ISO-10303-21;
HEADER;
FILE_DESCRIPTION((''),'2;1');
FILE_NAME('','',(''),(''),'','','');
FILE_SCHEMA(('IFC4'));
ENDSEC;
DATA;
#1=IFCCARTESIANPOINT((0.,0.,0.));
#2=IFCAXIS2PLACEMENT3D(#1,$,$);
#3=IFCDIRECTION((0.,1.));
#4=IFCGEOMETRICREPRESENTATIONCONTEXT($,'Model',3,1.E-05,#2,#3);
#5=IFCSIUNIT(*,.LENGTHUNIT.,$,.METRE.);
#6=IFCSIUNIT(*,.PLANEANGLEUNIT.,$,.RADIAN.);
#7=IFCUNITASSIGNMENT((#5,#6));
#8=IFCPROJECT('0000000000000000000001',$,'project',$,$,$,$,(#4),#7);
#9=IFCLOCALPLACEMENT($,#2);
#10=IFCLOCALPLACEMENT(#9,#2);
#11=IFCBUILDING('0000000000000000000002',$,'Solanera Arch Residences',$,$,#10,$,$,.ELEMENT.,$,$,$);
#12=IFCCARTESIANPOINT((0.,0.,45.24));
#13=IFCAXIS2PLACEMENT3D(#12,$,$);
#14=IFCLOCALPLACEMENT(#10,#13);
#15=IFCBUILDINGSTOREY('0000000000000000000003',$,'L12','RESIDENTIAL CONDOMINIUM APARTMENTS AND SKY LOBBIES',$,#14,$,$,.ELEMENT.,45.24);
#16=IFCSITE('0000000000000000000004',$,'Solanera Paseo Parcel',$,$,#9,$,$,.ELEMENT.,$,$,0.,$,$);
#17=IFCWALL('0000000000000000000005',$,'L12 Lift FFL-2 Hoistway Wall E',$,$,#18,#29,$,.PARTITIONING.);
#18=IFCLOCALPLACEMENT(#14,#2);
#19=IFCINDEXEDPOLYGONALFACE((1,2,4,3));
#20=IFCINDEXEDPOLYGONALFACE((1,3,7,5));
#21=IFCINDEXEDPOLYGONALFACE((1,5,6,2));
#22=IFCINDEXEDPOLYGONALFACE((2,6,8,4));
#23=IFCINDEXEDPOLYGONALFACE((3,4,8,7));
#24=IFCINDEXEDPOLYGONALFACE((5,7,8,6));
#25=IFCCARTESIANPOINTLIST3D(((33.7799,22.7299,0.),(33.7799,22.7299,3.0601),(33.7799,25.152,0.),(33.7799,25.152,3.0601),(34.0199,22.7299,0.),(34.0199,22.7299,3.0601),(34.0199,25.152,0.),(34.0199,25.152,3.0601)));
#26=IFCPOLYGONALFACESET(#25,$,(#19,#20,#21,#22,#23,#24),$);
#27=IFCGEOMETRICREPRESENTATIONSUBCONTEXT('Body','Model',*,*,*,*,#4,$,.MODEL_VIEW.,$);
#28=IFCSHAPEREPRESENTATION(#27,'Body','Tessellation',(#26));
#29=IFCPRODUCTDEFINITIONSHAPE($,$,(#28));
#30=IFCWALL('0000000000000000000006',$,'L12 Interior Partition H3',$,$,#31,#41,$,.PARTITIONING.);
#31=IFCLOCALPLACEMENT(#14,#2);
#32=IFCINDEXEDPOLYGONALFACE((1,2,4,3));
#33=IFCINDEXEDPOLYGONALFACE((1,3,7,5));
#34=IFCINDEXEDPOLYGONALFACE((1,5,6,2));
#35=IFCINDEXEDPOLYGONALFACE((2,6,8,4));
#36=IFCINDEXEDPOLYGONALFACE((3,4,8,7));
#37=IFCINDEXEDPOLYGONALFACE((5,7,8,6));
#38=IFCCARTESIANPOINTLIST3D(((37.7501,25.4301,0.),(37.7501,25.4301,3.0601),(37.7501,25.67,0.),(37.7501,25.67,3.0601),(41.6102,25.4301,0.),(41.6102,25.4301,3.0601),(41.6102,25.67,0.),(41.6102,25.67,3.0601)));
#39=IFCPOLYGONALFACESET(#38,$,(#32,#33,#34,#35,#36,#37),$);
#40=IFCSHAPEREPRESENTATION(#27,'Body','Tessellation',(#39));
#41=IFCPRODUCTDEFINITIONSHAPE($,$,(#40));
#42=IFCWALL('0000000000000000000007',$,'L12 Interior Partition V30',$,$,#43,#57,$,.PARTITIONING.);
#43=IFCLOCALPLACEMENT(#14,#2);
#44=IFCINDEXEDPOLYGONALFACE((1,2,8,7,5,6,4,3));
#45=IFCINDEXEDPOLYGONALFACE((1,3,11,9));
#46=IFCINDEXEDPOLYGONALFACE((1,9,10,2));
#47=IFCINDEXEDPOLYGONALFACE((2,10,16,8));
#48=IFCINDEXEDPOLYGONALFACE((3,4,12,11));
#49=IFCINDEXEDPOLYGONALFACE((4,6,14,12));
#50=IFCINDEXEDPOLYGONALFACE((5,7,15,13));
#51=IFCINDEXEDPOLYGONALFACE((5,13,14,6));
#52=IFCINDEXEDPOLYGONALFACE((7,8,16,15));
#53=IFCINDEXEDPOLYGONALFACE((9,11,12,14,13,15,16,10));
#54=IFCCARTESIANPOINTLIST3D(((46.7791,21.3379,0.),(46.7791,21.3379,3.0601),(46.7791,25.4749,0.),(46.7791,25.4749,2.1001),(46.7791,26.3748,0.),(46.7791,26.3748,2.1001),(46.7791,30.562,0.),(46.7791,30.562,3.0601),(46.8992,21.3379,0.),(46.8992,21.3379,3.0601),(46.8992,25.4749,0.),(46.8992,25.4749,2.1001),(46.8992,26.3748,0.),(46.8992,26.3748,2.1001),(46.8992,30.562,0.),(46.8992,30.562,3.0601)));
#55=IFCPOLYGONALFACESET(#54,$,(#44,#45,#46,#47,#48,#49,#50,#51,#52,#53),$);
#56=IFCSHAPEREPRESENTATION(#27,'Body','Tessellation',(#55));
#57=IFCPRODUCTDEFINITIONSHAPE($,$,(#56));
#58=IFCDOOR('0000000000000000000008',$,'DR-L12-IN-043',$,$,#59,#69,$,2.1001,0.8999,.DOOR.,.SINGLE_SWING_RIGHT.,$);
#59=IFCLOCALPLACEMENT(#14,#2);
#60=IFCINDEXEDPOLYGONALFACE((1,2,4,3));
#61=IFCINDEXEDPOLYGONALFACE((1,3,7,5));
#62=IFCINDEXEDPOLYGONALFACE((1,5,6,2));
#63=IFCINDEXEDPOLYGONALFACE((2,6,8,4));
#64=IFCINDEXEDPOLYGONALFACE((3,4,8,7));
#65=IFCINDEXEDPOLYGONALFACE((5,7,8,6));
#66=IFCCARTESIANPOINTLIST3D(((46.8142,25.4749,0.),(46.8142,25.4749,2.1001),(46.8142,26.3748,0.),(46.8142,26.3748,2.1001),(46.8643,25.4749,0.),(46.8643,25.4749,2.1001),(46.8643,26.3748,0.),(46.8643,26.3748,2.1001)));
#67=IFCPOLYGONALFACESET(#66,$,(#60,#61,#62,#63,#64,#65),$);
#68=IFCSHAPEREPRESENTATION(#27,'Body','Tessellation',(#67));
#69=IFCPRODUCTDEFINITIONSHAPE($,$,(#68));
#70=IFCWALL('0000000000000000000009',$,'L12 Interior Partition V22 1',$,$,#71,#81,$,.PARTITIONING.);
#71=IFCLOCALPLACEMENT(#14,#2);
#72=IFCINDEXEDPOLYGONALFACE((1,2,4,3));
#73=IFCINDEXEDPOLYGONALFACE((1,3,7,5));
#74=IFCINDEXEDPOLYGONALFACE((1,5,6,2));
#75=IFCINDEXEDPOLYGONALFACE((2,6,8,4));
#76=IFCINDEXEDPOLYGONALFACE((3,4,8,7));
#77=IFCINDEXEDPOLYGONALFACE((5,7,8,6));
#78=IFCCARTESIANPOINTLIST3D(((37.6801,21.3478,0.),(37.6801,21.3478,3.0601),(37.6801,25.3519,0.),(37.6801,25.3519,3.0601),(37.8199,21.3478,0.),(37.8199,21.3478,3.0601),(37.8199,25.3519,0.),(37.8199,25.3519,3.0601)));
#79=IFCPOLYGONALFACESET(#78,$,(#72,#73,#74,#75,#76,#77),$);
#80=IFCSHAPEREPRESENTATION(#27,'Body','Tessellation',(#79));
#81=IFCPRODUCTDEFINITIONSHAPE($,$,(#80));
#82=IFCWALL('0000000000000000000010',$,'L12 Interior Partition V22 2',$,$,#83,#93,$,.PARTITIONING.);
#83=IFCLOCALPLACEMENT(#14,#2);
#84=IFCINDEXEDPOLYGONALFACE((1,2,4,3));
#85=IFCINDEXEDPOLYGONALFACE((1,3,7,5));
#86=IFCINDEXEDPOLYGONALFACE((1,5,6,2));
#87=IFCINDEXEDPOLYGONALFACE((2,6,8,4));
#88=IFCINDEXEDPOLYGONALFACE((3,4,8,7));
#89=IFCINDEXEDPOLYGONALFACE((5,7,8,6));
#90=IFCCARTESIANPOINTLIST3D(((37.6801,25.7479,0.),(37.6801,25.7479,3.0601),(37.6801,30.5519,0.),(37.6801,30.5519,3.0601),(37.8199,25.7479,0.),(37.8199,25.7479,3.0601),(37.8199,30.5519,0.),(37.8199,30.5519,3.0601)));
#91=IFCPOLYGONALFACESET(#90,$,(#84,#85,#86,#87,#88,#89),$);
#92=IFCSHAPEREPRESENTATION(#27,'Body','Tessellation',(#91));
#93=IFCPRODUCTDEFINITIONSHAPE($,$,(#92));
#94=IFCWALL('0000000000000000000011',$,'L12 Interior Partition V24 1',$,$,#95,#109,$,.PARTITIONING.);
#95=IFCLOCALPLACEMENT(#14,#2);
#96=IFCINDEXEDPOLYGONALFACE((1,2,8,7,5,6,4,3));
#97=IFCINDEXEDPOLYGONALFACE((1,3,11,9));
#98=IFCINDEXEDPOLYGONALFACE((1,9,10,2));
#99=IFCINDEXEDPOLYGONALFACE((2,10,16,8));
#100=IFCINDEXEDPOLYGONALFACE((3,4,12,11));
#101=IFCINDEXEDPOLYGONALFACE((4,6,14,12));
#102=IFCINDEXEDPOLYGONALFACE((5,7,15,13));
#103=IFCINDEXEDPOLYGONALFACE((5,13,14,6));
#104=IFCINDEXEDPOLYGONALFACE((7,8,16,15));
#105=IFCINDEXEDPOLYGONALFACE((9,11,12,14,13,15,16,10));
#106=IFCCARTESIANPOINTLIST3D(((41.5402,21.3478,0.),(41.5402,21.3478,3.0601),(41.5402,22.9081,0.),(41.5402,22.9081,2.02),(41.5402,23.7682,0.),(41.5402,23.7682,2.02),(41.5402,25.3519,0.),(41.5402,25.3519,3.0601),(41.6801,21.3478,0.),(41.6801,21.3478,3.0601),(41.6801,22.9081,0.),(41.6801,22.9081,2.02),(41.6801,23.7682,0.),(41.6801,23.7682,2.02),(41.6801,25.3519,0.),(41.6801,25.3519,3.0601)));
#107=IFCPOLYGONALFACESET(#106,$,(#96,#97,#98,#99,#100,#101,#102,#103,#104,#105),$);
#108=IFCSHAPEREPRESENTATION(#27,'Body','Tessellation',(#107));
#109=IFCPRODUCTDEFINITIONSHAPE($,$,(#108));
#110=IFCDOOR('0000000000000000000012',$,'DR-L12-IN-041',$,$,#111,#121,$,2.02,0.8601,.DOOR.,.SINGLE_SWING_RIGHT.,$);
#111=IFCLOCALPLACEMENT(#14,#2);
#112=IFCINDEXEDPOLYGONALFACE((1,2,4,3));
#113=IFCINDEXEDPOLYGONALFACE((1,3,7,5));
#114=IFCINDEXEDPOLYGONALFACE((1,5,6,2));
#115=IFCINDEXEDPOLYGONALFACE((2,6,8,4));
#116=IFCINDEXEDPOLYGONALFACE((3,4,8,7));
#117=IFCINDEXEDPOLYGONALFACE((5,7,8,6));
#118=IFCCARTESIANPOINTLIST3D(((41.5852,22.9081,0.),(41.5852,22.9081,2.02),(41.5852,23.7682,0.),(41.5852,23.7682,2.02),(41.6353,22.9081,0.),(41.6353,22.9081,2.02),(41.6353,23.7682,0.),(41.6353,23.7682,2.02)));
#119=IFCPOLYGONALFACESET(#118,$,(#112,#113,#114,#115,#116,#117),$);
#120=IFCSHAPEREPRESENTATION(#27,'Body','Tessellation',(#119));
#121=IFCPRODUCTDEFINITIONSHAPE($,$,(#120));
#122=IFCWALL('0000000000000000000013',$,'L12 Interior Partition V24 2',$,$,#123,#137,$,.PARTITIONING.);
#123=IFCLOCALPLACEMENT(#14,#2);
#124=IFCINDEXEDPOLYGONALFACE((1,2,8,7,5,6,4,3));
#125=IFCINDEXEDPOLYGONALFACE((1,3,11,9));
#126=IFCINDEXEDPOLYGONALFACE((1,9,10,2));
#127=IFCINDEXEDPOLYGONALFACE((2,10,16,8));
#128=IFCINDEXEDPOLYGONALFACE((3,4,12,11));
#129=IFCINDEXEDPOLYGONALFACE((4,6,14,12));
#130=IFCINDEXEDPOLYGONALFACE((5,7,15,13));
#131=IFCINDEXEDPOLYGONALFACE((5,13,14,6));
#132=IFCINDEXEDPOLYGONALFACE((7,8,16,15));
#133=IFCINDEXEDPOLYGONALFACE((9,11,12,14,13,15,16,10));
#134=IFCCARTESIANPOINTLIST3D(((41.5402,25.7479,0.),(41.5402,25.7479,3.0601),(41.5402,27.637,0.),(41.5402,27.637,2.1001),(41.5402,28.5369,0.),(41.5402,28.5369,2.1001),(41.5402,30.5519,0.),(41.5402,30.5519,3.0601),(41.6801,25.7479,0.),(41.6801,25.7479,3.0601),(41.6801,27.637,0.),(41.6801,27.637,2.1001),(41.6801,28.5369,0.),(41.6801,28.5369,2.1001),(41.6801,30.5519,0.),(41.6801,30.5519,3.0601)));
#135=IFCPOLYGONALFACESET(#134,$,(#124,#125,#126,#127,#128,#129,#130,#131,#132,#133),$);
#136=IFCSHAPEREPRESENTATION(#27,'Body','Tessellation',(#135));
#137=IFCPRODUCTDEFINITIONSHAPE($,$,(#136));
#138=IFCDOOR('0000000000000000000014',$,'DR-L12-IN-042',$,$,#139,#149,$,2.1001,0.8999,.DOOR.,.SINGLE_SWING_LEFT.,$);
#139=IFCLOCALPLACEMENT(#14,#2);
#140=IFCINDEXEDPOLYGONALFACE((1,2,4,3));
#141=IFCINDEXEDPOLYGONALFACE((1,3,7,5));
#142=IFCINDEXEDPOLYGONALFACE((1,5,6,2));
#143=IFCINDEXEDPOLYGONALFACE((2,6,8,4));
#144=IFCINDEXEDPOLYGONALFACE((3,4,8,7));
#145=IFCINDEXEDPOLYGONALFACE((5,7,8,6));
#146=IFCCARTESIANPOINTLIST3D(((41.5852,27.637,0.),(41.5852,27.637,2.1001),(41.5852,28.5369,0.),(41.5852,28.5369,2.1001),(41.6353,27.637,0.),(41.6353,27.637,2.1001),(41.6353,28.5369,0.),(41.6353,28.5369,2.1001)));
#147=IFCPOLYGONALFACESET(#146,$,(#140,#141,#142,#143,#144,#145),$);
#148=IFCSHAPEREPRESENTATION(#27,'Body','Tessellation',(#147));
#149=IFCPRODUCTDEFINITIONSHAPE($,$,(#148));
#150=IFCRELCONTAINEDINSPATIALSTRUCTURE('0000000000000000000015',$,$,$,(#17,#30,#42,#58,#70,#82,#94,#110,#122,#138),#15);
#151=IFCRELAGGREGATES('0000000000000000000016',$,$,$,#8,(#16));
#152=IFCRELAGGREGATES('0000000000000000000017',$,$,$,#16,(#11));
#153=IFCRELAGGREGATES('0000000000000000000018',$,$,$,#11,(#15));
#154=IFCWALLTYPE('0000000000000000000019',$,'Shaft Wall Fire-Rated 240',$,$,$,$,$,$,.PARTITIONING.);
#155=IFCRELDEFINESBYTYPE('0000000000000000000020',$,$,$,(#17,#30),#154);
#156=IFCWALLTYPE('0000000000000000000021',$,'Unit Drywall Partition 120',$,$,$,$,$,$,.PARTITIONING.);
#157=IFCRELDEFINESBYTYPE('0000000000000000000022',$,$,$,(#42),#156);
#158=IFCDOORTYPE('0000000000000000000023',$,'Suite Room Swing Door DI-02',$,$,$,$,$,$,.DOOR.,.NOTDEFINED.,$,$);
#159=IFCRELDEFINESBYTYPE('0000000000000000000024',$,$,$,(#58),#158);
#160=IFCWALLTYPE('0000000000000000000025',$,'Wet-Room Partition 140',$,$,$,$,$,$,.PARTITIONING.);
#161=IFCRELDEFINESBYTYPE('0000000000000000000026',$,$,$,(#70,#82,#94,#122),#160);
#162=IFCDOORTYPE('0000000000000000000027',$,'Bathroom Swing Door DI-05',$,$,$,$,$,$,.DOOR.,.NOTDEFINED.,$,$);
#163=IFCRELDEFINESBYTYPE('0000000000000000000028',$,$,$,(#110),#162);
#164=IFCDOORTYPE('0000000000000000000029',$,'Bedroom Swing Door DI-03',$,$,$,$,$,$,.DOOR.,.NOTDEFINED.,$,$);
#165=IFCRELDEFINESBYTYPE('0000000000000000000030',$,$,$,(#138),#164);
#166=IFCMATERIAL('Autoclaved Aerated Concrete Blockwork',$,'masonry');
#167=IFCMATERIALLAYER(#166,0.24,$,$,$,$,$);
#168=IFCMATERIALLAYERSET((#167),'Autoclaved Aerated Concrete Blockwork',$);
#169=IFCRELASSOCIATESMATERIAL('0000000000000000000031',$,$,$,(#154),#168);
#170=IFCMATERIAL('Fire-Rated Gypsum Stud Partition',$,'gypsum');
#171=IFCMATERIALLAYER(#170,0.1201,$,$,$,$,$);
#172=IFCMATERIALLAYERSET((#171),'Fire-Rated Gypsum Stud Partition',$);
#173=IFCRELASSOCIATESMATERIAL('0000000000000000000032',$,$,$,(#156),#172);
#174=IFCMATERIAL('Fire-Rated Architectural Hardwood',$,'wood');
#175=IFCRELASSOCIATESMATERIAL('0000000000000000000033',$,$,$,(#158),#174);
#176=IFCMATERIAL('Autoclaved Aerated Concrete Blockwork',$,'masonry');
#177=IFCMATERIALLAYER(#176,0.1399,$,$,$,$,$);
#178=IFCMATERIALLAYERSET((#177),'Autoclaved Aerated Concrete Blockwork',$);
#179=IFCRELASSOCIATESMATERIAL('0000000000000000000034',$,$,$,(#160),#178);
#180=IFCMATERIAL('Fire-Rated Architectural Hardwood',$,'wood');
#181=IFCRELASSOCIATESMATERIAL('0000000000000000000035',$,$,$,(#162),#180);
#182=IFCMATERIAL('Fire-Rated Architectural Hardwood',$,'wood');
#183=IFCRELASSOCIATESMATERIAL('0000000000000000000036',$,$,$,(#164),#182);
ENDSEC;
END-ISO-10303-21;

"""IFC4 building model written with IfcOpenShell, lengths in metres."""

from ifc_helpers import new_model, si_unit, direction, frame, frame_2d, origin, place, context, subcontext, project, spatial, rectangle, extrude, material, layer, layer_set, type_object, element, fill, save


model = new_model("IFC4")

# Units and contexts
model_context = context("Model", 3, precision=1e-05, world=origin(), true_north=direction((0.0, 1.0)))
body_context = subcontext(model_context, "Body", "Model", "MODEL_VIEW")
ifc_project = project(units=[si_unit("LENGTHUNIT", "METRE"), si_unit("PLANEANGLEUNIT", "RADIAN")], contexts=[model_context])

# Site, building, storey
site_placement = place(None, origin())
site = spatial("IfcSite", under=ifc_project, at=site_placement, Name="Solanera Paseo Parcel", CompositionType="ELEMENT", RefElevation=0.0)
building_placement = place(site_placement, origin())
building = spatial("IfcBuilding", under=site, at=building_placement, Name="Solanera Arch Residences", CompositionType="ELEMENT")
storey_placement = place(building_placement, frame((0.0, 0.0, 45.24)))
storey = spatial("IfcBuildingStorey", under=building, at=storey_placement, Name="L12", Description="RESIDENTIAL CONDOMINIUM APARTMENTS AND SKY LOBBIES", CompositionType="ELEMENT", Elevation=45.24)

# Walls
ifc_material_1 = material(Name="Autoclaved Aerated Concrete Blockwork", Category="masonry")
ifc_layer_1 = layer(ifc_material_1, 0.24)
ifc_layer_set_1 = layer_set([ifc_layer_1], Name="Autoclaved Aerated Concrete Blockwork")
wall_type_1 = type_object("IfcWallType", Name="Shaft Wall Fire-Rated 240", PredefinedType="PARTITIONING", material=ifc_layer_set_1)
wall_1_placement = place(storey_placement, frame((33.8999, 22.73, 0.0), z_axis=(0.0, 0.0, 1.0), x_axis=(0.0, 1.0, 0.0)))
element("IfcWall", 1, at=wall_1_placement, inside=storey, type_object=wall_type_1, Name="L12 Lift FFL-2 Hoistway Wall E", PredefinedType="PARTITIONING", context=body_context, shape_type="SweptSolid", body=[
    extrude(rectangle(XDim=2.4221, YDim=0.24, at=frame_2d((1.2109, 0.0))), origin(), (0.0, 0.0, 1.0), 3.0601),
])
wall_2_placement = place(storey_placement, frame((37.75, 25.55, 0.0), z_axis=(0.0, 0.0, 1.0), x_axis=(1.0, 0.0, 0.0)))
element("IfcWall", 2, at=wall_2_placement, inside=storey, type_object=wall_type_1, Name="L12 Interior Partition H3", PredefinedType="PARTITIONING", context=body_context, shape_type="SweptSolid", body=[
    extrude(rectangle(XDim=3.8601, YDim=0.24, at=frame_2d((1.9302, 0.0))), origin(), (0.0, 0.0, 1.0), 3.0601),
])

# Wall, opening, door
ifc_material_2 = material(Name="Fire-Rated Gypsum Stud Partition", Category="gypsum")
ifc_layer_2 = layer(ifc_material_2, 0.1201)
ifc_layer_set_2 = layer_set([ifc_layer_2], Name="Fire-Rated Gypsum Stud Partition")
wall_type_2 = type_object("IfcWallType", Name="Unit Drywall Partition 120", PredefinedType="PARTITIONING", material=ifc_layer_set_2)
wall_3_placement = place(storey_placement, frame((46.8391, 21.3379, 0.0), z_axis=(0.0, 0.0, 1.0), x_axis=(0.0, 1.0, 0.0)))
wall_3 = element("IfcWall", 3, at=wall_3_placement, inside=storey, type_object=wall_type_2, Name="L12 Interior Partition V30", PredefinedType="PARTITIONING", context=body_context, shape_type="SweptSolid", body=[
    extrude(rectangle(XDim=9.2241, YDim=0.1201, at=frame_2d((4.6121, 0.0))), origin(), (0.0, 0.0, 1.0), 3.0601),
])
opening_1_placement = place(wall_3_placement, frame((4.137, 0.0, 0.0)))
opening_1 = element("IfcOpeningElement", 4, at=opening_1_placement, cuts=wall_3, PredefinedType="OPENING", context=body_context, shape_type="SweptSolid", body=[
    extrude(rectangle(XDim=0.8999, YDim=2.1001, at=frame_2d((0.45, 1.05))), frame((0.0, 0.0701, 0.0), z_axis=(0.0, -1.0, 0.0), x_axis=(1.0, 0.0, 0.0)), (0.0, 0.0, 1.0), 0.1401),
])
ifc_material_3 = material(Name="Fire-Rated Architectural Hardwood", Category="wood")
door_type_1 = type_object("IfcDoorType", Name="Suite Room Swing Door DI-02", OperationType="NOTDEFINED", PredefinedType="DOOR", material=ifc_material_3)
door_1_placement = place(opening_1_placement, origin())
door_1 = element("IfcDoor", 5, at=door_1_placement, inside=storey, type_object=door_type_1, Name="DR-L12-IN-043", OperationType="SINGLE_SWING_RIGHT", OverallHeight=2.1001, OverallWidth=0.8999, PredefinedType="DOOR", context=body_context, shape_type="SweptSolid", body=[
    extrude(rectangle(XDim=0.8999, YDim=2.1001, at=frame_2d((0.45, 1.05))), frame((0.0, 0.0249, 0.0), z_axis=(0.0, -1.0, 0.0), x_axis=(1.0, 0.0, 0.0)), (0.0, 0.0, 1.0), 0.05),
])
fill(opening_1, door_1)

# Walls
ifc_material_4 = material(Name="Autoclaved Aerated Concrete Blockwork", Category="masonry")
ifc_layer_3 = layer(ifc_material_4, 0.1399)
ifc_layer_set_3 = layer_set([ifc_layer_3], Name="Autoclaved Aerated Concrete Blockwork")
wall_type_3 = type_object("IfcWallType", Name="Wet-Room Partition 140", PredefinedType="PARTITIONING", material=ifc_layer_set_3)
wall_4_placement = place(storey_placement, frame((37.75, 21.3479, 0.0), z_axis=(0.0, 0.0, 1.0), x_axis=(0.0, 1.0, 0.0)))
element("IfcWall", 6, at=wall_4_placement, inside=storey, type_object=wall_type_3, Name="L12 Interior Partition V22 1", PredefinedType="PARTITIONING", context=body_context, shape_type="SweptSolid", body=[
    extrude(rectangle(XDim=4.0042, YDim=0.1399, at=frame_2d((2.002, 0.0))), origin(), (0.0, 0.0, 1.0), 3.0601),
])
wall_5_placement = place(storey_placement, frame((37.75, 25.748, 0.0), z_axis=(0.0, 0.0, 1.0), x_axis=(0.0, 1.0, 0.0)))
element("IfcWall", 7, at=wall_5_placement, inside=storey, type_object=wall_type_3, Name="L12 Interior Partition V22 2", PredefinedType="PARTITIONING", context=body_context, shape_type="SweptSolid", body=[
    extrude(rectangle(XDim=4.804, YDim=0.1399, at=frame_2d((2.4019, 0.0))), origin(), (0.0, 0.0, 1.0), 3.0601),
])

# Walls, openings, doors
wall_6_placement = place(storey_placement, frame((41.6101, 21.3479, 0.0), z_axis=(0.0, 0.0, 1.0), x_axis=(0.0, 1.0, 0.0)))
wall_6 = element("IfcWall", 8, at=wall_6_placement, inside=storey, type_object=wall_type_3, Name="L12 Interior Partition V24 1", PredefinedType="PARTITIONING", context=body_context, shape_type="SweptSolid", body=[
    extrude(rectangle(XDim=4.0042, YDim=0.1399, at=frame_2d((2.002, 0.0))), origin(), (0.0, 0.0, 1.0), 3.0601),
])
opening_2_placement = place(wall_6_placement, frame((1.5601, 0.0, 0.0)))
opening_2 = element("IfcOpeningElement", 9, at=opening_2_placement, cuts=wall_6, PredefinedType="OPENING", context=body_context, shape_type="SweptSolid", body=[
    extrude(rectangle(XDim=0.8601, YDim=2.02, at=frame_2d((0.4302, 1.01))), frame((0.0, 0.0798, 0.0), z_axis=(0.0, -1.0, 0.0), x_axis=(1.0, 0.0, 0.0)), (0.0, 0.0, 1.0), 0.1599),
])
ifc_material_5 = material(Name="Fire-Rated Architectural Hardwood", Category="wood")
door_type_2 = type_object("IfcDoorType", Name="Bathroom Swing Door DI-05", OperationType="NOTDEFINED", PredefinedType="DOOR", material=ifc_material_5)
door_2_placement = place(opening_2_placement, origin())
door_2 = element("IfcDoor", 10, at=door_2_placement, inside=storey, type_object=door_type_2, Name="DR-L12-IN-041", OperationType="SINGLE_SWING_RIGHT", OverallHeight=2.02, OverallWidth=0.8601, PredefinedType="DOOR", context=body_context, shape_type="SweptSolid", body=[
    extrude(rectangle(XDim=0.8601, YDim=2.02, at=frame_2d((0.4302, 1.01))), frame((0.0, 0.0249, 0.0), z_axis=(0.0, -1.0, 0.0), x_axis=(1.0, 0.0, 0.0)), (0.0, 0.0, 1.0), 0.05),
])
fill(opening_2, door_2)
wall_7_placement = place(storey_placement, frame((41.6101, 25.748, 0.0), z_axis=(0.0, 0.0, 1.0), x_axis=(0.0, 1.0, 0.0)))
wall_7 = element("IfcWall", 11, at=wall_7_placement, inside=storey, type_object=wall_type_3, Name="L12 Interior Partition V24 2", PredefinedType="PARTITIONING", context=body_context, shape_type="SweptSolid", body=[
    extrude(rectangle(XDim=4.804, YDim=0.1399, at=frame_2d((2.4019, 0.0))), origin(), (0.0, 0.0, 1.0), 3.0601),
])
opening_3_placement = place(wall_7_placement, frame((1.8889, 0.0, 0.0)))
opening_3 = element("IfcOpeningElement", 12, at=opening_3_placement, cuts=wall_7, PredefinedType="OPENING", context=body_context, shape_type="SweptSolid", body=[
    extrude(rectangle(XDim=0.8999, YDim=2.1001, at=frame_2d((0.45, 1.05))), frame((0.0, 0.0798, 0.0), z_axis=(0.0, -1.0, 0.0), x_axis=(1.0, 0.0, 0.0)), (0.0, 0.0, 1.0), 0.1599),
])
ifc_material_6 = material(Name="Fire-Rated Architectural Hardwood", Category="wood")
door_type_3 = type_object("IfcDoorType", Name="Bedroom Swing Door DI-03", OperationType="NOTDEFINED", PredefinedType="DOOR", material=ifc_material_6)
door_3_placement = place(opening_3_placement, origin())
door_3 = element("IfcDoor", 13, at=door_3_placement, inside=storey, type_object=door_type_3, Name="DR-L12-IN-042", OperationType="SINGLE_SWING_LEFT", OverallHeight=2.1001, OverallWidth=0.8999, PredefinedType="DOOR", context=body_context, shape_type="SweptSolid", body=[
    extrude(rectangle(XDim=0.8999, YDim=2.1001, at=frame_2d((0.45, 1.05))), frame((0.0, 0.0249, 0.0), z_axis=(0.0, -1.0, 0.0), x_axis=(1.0, 0.0, 0.0)), (0.0, 0.0, 1.0), 0.05),
])
fill(opening_3, door_3)

save(model, "model.ifc")
